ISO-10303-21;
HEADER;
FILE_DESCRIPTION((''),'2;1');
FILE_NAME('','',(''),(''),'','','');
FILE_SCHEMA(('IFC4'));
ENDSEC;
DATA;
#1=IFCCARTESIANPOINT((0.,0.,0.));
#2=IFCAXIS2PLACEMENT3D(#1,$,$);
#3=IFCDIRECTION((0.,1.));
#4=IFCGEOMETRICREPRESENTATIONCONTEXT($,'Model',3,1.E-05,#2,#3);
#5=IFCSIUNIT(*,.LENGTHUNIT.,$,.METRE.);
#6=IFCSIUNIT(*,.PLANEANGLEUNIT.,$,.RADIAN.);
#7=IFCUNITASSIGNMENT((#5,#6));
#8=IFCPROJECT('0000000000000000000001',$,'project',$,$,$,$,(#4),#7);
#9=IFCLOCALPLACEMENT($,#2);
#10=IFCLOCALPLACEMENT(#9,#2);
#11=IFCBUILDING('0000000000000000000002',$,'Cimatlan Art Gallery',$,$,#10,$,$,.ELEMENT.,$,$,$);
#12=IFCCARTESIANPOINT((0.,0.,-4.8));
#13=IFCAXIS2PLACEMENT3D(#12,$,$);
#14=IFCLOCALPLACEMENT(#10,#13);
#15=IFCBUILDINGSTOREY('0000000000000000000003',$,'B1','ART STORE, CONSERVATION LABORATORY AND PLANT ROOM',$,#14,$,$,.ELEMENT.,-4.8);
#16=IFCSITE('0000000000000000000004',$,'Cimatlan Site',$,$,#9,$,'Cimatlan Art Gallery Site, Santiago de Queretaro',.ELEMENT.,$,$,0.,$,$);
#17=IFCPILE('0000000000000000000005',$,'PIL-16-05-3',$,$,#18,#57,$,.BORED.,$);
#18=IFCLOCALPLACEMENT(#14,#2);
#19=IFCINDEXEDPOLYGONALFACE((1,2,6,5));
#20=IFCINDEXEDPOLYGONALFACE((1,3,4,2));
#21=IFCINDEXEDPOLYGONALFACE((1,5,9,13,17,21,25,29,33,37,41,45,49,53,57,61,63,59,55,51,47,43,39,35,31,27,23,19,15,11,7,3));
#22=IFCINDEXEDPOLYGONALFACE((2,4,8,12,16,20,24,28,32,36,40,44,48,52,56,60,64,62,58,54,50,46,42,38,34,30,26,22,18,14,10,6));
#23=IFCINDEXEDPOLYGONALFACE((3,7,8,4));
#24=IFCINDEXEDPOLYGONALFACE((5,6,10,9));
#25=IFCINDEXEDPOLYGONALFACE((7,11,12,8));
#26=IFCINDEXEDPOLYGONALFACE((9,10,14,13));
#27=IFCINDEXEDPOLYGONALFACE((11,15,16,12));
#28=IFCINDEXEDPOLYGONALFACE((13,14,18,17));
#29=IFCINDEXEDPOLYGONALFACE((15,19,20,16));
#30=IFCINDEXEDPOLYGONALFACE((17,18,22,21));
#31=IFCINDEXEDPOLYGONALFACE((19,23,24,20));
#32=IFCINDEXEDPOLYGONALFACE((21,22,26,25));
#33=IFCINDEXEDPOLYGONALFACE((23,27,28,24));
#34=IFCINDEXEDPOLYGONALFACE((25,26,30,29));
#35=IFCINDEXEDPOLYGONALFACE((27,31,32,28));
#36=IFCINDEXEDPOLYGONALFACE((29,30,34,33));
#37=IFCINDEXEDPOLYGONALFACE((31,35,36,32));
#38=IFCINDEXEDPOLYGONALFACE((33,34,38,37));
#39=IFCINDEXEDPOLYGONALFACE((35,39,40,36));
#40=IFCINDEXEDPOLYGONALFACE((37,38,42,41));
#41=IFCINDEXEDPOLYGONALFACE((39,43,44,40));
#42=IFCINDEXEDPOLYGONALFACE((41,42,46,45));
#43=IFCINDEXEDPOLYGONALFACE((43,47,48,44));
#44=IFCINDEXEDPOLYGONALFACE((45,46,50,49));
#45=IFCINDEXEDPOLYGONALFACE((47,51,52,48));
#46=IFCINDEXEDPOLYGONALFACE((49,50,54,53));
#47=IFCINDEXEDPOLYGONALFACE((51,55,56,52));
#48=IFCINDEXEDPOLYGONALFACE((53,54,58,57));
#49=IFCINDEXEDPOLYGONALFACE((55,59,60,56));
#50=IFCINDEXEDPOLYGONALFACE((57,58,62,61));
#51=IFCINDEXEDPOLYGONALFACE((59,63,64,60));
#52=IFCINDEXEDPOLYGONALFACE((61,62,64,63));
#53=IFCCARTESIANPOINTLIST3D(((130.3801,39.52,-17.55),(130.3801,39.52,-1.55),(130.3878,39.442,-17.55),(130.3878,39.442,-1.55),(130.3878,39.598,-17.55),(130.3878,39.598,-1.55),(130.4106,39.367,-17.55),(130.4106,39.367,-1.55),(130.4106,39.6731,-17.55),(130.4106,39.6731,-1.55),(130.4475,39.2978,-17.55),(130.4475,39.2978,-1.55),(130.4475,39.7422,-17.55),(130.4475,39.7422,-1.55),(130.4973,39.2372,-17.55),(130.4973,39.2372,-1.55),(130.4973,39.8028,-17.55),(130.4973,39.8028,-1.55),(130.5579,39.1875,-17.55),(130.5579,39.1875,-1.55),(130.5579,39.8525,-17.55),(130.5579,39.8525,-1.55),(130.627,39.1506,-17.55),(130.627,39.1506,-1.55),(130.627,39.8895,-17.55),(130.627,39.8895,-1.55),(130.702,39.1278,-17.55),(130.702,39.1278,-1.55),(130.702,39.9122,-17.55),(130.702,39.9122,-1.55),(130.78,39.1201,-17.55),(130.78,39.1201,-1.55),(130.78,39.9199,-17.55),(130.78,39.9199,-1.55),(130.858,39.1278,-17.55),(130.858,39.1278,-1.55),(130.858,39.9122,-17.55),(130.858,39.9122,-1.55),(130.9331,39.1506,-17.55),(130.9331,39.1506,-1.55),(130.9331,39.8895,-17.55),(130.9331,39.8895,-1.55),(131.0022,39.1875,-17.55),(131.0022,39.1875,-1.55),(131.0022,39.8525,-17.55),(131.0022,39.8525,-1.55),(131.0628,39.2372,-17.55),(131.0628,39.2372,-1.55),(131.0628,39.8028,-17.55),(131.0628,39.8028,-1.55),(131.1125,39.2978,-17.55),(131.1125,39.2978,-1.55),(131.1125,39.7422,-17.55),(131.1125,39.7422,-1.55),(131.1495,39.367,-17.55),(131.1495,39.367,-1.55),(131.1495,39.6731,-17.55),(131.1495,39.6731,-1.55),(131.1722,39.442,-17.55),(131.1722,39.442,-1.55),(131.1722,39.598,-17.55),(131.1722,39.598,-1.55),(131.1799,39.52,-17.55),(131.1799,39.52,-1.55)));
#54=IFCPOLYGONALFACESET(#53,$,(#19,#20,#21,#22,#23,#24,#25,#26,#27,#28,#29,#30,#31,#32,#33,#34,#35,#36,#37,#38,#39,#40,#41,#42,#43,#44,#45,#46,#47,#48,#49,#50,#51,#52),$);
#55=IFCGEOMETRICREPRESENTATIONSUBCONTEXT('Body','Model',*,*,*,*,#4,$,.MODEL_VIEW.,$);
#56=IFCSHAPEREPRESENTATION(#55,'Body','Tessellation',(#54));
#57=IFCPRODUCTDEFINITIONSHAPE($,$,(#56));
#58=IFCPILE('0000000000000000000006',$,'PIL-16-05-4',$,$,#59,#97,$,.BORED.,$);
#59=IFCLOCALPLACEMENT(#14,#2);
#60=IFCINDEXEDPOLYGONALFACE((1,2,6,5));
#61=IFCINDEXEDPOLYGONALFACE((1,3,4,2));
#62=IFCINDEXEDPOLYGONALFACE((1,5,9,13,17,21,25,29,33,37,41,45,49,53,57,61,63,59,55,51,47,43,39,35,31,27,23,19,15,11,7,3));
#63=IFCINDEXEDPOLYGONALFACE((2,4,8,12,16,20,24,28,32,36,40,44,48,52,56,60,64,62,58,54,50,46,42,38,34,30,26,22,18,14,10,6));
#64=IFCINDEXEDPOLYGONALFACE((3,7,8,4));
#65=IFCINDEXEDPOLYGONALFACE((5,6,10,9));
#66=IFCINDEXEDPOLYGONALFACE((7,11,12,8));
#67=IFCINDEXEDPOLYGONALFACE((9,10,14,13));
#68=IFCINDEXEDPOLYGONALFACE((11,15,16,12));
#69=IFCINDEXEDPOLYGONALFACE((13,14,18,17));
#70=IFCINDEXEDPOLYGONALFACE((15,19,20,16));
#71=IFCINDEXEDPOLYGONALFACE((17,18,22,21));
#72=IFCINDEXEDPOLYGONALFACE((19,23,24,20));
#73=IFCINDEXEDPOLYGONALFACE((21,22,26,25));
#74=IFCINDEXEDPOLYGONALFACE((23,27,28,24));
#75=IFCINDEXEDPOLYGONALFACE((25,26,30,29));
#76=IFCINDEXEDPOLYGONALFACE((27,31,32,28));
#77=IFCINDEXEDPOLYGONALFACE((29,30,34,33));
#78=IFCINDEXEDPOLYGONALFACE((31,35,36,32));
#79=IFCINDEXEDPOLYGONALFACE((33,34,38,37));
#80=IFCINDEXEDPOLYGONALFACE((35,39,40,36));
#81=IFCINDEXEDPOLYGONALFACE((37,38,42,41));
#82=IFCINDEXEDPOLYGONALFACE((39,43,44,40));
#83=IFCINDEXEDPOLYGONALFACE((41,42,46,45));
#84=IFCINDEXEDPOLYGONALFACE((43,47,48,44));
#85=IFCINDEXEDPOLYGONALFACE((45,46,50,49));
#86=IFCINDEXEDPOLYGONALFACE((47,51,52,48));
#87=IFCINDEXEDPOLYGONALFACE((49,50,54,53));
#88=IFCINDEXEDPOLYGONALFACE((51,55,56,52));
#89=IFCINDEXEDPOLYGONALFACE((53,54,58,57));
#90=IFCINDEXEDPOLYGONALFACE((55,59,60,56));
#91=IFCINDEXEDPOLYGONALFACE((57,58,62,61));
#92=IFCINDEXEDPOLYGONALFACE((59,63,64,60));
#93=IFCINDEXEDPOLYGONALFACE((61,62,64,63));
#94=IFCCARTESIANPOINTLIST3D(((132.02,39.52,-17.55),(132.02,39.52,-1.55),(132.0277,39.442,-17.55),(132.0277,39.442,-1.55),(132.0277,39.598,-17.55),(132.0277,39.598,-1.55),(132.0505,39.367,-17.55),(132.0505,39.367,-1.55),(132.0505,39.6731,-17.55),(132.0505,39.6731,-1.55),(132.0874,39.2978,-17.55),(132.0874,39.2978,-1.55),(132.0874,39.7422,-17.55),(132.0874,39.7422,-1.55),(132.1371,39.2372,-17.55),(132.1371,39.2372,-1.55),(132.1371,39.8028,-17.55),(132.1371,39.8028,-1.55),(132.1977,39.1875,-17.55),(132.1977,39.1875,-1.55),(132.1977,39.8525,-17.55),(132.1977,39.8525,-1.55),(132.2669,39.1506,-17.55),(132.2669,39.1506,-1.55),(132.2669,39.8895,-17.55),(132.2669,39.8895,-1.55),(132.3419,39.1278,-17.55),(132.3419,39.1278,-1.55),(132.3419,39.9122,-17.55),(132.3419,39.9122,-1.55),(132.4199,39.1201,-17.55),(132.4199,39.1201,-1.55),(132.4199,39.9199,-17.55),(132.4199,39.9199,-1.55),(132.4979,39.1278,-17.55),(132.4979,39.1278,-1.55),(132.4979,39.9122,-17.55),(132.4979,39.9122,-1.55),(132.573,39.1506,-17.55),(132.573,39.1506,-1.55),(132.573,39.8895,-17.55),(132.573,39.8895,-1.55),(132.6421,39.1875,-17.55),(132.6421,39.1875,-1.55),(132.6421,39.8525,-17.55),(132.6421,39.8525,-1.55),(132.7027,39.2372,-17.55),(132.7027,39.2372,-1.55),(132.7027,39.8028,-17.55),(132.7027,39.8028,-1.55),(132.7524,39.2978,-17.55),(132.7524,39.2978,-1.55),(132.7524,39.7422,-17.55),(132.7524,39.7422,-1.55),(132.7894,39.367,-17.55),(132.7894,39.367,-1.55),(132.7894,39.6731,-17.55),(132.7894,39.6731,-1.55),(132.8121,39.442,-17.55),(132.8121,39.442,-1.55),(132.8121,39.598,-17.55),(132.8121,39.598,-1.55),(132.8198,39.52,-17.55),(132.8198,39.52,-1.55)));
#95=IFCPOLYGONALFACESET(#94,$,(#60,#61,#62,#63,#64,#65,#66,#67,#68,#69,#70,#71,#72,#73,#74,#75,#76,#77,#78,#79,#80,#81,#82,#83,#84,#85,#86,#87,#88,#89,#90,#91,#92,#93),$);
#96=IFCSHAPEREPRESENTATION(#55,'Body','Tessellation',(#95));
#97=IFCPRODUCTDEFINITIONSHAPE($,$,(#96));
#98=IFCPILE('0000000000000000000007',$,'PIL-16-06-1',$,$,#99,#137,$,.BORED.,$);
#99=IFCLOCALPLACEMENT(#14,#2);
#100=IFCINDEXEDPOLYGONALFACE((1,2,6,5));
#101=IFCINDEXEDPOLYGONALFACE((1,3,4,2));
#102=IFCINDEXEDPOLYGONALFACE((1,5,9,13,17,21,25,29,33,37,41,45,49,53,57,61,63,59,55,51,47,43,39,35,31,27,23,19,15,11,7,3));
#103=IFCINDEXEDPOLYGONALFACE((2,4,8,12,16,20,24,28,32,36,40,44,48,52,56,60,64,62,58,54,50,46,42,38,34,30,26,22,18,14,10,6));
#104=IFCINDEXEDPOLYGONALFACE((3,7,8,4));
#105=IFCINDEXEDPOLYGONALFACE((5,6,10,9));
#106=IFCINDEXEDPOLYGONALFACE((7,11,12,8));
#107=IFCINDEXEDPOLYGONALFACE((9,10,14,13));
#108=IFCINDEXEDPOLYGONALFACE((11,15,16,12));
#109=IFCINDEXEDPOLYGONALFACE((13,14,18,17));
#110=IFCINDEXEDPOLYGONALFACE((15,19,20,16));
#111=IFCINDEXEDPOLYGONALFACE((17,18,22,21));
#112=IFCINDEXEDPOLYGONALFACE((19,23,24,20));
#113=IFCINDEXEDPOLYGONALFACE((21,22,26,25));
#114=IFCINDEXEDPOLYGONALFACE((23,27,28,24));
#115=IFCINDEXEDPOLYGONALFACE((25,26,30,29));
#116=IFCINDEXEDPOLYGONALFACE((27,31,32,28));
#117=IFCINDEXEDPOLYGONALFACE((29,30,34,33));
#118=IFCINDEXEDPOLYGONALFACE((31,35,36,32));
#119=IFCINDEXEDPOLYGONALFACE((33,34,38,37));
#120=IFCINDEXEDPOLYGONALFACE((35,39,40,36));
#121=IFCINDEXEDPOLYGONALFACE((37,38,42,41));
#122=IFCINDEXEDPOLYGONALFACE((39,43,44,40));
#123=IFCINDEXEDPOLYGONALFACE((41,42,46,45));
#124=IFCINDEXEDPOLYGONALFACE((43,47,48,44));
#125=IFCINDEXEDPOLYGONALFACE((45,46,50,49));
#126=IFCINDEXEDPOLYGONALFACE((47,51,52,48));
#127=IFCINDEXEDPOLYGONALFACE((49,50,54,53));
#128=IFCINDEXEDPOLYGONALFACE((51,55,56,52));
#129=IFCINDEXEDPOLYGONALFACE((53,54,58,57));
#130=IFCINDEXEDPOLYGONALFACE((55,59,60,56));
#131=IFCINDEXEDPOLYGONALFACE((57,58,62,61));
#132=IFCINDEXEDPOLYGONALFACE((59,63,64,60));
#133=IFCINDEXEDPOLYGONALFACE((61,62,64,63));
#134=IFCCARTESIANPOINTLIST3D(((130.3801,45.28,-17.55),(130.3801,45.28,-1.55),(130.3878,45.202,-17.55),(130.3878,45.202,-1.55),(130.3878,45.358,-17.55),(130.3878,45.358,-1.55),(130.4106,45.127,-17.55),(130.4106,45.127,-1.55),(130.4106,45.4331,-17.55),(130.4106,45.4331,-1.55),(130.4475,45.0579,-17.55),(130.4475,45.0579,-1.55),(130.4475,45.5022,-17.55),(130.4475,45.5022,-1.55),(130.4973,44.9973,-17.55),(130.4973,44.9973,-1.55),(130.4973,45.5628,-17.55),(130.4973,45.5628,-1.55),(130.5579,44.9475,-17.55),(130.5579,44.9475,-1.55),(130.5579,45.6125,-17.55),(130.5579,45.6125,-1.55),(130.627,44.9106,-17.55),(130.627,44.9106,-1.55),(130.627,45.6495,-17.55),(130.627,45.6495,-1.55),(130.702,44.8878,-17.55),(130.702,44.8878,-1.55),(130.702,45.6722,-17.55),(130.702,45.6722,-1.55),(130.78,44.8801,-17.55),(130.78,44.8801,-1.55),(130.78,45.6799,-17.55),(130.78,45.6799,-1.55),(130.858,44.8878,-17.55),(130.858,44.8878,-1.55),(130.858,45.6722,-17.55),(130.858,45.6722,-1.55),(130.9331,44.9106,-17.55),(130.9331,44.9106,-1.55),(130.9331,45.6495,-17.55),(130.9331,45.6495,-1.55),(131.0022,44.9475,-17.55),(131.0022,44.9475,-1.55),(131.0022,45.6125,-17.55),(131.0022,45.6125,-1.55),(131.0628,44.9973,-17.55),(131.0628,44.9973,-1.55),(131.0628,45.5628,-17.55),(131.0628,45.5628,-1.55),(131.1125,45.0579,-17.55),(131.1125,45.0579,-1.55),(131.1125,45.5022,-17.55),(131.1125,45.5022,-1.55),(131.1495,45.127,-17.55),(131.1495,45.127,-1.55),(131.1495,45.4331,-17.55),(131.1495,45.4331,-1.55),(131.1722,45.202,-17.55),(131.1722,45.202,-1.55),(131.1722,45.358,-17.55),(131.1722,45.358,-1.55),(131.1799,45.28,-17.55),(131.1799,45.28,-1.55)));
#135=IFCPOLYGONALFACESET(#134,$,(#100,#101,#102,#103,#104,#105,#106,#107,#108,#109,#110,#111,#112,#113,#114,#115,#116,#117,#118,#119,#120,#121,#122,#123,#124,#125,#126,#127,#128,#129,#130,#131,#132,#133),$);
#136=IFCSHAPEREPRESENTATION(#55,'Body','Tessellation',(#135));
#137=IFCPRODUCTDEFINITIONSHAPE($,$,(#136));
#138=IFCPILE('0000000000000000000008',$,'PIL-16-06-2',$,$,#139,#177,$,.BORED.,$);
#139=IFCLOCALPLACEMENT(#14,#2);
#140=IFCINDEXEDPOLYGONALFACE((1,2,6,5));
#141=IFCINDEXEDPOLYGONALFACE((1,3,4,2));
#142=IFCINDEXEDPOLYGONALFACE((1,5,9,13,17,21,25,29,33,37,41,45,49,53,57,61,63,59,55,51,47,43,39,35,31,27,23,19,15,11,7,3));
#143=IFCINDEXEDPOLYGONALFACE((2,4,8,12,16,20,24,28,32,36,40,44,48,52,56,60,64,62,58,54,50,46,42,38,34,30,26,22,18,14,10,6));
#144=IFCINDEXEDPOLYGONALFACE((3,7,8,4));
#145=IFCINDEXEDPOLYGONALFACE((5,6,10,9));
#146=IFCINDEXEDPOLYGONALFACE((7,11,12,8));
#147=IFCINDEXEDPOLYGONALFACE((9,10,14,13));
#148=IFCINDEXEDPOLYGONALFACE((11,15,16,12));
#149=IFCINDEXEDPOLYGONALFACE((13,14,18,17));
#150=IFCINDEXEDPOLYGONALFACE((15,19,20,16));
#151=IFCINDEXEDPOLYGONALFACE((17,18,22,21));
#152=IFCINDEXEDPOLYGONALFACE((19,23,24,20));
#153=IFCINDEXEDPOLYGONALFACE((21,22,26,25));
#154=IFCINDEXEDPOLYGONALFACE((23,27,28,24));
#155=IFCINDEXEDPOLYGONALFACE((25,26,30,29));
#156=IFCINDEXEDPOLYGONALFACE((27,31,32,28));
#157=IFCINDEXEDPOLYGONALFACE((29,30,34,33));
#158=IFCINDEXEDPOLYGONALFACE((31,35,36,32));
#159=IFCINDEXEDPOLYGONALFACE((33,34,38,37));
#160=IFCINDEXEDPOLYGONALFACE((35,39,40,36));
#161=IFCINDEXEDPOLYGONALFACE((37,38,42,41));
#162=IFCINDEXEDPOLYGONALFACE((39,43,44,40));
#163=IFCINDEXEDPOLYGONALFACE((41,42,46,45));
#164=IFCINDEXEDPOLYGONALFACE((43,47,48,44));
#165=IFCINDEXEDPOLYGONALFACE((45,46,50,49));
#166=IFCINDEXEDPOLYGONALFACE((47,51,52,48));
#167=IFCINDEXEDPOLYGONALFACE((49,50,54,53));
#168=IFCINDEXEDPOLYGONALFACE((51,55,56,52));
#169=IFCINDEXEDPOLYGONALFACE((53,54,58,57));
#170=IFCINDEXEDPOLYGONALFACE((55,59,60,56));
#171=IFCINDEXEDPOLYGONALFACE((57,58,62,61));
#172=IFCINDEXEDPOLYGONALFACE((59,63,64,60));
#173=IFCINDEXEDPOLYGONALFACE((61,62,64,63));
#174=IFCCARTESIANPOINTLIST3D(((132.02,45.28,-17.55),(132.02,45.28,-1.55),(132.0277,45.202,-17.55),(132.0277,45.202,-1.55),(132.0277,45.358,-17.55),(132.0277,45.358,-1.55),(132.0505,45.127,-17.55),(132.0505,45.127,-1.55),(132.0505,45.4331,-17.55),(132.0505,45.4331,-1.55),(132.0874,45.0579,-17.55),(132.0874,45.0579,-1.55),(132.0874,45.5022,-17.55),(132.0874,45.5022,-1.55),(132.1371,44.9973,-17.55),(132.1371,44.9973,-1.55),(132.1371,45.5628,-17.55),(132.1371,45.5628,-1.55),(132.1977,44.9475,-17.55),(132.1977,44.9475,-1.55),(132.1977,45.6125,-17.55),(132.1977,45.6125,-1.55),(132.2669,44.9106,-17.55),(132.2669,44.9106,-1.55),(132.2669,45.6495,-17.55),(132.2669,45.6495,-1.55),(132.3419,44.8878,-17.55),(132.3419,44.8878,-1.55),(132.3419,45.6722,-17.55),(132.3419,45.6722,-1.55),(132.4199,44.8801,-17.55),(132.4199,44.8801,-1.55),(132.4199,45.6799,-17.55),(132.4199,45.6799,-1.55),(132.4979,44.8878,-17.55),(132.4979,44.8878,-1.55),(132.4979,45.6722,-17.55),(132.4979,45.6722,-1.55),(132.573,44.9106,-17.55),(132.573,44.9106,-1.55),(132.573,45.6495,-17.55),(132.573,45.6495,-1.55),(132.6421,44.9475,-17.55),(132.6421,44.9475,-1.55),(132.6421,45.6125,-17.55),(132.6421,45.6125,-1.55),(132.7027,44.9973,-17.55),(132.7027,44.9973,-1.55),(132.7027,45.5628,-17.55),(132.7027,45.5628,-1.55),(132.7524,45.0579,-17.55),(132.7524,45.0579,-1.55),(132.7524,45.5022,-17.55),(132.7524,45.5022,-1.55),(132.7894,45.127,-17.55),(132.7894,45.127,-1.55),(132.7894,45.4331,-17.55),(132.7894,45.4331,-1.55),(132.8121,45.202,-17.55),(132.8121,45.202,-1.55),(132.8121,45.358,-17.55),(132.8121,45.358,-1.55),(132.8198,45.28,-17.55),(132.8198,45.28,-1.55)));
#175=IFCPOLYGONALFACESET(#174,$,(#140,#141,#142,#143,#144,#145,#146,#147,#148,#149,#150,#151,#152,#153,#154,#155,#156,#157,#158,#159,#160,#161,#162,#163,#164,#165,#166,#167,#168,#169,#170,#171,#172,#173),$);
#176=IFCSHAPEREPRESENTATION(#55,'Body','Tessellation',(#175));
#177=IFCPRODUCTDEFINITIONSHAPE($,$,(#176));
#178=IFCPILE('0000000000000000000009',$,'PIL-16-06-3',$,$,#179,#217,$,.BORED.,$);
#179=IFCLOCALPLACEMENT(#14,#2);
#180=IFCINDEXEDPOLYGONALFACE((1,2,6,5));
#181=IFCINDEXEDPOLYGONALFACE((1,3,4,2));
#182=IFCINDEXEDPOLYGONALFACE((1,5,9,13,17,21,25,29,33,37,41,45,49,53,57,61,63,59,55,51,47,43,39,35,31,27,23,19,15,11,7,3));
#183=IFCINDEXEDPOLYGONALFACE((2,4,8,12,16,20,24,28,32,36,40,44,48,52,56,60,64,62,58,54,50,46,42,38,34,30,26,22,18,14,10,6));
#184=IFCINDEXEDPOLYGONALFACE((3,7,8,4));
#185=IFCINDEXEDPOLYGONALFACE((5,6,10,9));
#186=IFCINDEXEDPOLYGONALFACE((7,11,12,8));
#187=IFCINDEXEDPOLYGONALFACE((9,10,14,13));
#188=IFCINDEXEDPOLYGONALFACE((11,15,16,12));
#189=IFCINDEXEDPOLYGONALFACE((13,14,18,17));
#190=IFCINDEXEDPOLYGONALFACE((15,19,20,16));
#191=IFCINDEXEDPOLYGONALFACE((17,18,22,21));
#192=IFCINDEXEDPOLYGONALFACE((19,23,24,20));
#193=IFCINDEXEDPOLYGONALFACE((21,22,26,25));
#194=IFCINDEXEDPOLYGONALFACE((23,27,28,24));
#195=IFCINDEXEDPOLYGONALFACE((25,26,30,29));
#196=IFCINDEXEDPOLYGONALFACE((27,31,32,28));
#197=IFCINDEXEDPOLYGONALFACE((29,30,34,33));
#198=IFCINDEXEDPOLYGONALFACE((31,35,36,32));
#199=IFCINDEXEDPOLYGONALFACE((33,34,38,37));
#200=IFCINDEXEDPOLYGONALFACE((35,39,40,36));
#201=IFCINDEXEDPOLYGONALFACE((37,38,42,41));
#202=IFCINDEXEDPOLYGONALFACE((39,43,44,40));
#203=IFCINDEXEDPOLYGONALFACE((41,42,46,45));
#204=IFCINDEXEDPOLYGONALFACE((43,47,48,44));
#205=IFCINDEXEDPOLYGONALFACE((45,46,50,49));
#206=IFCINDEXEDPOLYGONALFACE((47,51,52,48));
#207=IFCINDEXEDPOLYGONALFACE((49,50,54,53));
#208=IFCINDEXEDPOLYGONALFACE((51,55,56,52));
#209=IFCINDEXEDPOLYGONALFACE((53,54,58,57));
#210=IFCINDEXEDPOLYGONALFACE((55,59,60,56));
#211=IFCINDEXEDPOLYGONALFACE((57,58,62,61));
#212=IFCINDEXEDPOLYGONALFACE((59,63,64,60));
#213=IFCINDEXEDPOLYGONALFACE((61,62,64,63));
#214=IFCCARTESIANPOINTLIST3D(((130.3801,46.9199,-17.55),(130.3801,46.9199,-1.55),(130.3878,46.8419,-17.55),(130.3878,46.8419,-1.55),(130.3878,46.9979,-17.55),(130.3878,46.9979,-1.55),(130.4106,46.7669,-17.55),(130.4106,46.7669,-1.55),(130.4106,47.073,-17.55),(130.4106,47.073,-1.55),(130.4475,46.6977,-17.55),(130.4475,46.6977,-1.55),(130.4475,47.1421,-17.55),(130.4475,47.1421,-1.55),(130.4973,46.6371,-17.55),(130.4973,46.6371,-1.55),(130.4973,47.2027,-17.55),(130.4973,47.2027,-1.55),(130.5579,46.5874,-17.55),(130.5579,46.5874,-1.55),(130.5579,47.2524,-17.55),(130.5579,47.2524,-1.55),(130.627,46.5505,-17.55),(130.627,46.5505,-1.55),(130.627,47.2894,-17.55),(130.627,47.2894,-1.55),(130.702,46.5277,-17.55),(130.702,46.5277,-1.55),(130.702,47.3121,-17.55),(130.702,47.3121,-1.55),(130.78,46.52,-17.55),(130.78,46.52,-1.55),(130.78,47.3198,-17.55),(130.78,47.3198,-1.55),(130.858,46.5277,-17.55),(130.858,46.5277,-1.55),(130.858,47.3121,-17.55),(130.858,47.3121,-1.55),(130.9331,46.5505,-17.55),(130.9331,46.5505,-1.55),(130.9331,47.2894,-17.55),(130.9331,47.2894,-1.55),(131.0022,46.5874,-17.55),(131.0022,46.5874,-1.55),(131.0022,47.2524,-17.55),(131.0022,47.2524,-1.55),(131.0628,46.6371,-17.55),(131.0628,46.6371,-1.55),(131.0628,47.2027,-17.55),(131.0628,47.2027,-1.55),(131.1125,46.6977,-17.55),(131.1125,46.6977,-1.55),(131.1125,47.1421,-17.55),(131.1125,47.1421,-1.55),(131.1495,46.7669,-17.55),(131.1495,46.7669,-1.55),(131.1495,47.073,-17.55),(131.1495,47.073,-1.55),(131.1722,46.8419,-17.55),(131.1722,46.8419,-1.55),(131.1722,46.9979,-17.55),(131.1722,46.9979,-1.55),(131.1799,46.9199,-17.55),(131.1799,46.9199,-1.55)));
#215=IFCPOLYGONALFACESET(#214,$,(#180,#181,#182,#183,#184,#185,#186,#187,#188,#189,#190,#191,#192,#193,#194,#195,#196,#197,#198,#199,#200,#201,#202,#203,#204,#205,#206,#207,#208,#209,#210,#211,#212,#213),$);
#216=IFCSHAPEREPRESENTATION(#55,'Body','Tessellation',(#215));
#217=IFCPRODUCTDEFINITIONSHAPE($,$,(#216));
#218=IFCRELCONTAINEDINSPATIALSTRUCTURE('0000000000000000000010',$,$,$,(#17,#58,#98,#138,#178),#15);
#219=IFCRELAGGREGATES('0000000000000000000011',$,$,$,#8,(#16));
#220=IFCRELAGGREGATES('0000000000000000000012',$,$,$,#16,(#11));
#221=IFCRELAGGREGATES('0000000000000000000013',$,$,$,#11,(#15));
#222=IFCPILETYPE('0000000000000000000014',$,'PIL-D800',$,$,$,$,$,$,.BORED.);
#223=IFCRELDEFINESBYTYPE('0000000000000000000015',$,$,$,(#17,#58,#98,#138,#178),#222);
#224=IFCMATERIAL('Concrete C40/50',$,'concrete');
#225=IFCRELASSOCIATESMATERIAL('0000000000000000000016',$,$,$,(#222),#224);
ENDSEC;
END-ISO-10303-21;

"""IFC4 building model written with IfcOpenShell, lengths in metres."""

from ifc_helpers import new_model, si_unit, direction, frame, origin, origin_2d, place, context, subcontext, project, spatial, circle, extrude, material, type_object, element, save


model = new_model("IFC4")

# Units and contexts
model_context = context("Model", 3, precision=1e-05, world=origin(), true_north=direction((0.0, 1.0)))
body_context = subcontext(model_context, "Body", "Model", "MODEL_VIEW")
ifc_project = project(units=[si_unit("LENGTHUNIT", "METRE"), si_unit("PLANEANGLEUNIT", "RADIAN")], contexts=[model_context])

# Site, building, storey
site_placement = place(None, origin())
site = spatial("IfcSite", under=ifc_project, at=site_placement, Name="Cimatlan Site", LongName="Cimatlan Art Gallery Site, Santiago de Queretaro", CompositionType="ELEMENT", RefElevation=0.0)
building_placement = place(site_placement, origin())
building = spatial("IfcBuilding", under=site, at=building_placement, Name="Cimatlan Art Gallery", CompositionType="ELEMENT")
storey_placement = place(building_placement, frame((0.0, 0.0, -4.8)))
storey = spatial("IfcBuildingStorey", under=building, at=storey_placement, Name="B1", Description="ART STORE, CONSERVATION LABORATORY AND PLANT ROOM", CompositionType="ELEMENT", Elevation=-4.8)

# Shared definitions
ifc_material_1 = material(Name="Concrete C40/50", Category="concrete")

# Piles
pile_type = type_object("IfcPileType", Name="PIL-D800", PredefinedType="BORED", material=ifc_material_1)
for number, where, z_axis, x_axis, name in (
    (1, (130.78, 39.52, -1.55), (0.0, 0.0, -1.0), (1.0, 0.0, 0.0), "PIL-16-05-3"),
    (2, (132.4199, 39.52, -1.55), (0.0, 0.0, -1.0), (1.0, 0.0, 0.0), "PIL-16-05-4"),
    (3, (130.78, 45.28, -1.55), (0.0, 0.0, -1.0), (1.0, 0.0, 0.0), "PIL-16-06-1"),
    (4, (132.4199, 45.28, -1.55), (0.0, 0.0, -1.0), (1.0, 0.0, 0.0), "PIL-16-06-2"),
    (5, (130.78, 46.9199, -1.55), (0.0, 0.0, -1.0), (1.0, 0.0, 0.0), "PIL-16-06-3"),
):
    element("IfcPile", number, at=place(storey_placement, frame(where, z_axis=z_axis, x_axis=x_axis)), inside=storey, type_object=pile_type, Name=name, PredefinedType="BORED", context=body_context, shape_type="SweptSolid", body=[
        extrude(circle(Radius=0.3999, at=origin_2d()), origin(), (0.0, 0.0, 1.0), 16.0),
    ])

save(model, "model.ifc")
